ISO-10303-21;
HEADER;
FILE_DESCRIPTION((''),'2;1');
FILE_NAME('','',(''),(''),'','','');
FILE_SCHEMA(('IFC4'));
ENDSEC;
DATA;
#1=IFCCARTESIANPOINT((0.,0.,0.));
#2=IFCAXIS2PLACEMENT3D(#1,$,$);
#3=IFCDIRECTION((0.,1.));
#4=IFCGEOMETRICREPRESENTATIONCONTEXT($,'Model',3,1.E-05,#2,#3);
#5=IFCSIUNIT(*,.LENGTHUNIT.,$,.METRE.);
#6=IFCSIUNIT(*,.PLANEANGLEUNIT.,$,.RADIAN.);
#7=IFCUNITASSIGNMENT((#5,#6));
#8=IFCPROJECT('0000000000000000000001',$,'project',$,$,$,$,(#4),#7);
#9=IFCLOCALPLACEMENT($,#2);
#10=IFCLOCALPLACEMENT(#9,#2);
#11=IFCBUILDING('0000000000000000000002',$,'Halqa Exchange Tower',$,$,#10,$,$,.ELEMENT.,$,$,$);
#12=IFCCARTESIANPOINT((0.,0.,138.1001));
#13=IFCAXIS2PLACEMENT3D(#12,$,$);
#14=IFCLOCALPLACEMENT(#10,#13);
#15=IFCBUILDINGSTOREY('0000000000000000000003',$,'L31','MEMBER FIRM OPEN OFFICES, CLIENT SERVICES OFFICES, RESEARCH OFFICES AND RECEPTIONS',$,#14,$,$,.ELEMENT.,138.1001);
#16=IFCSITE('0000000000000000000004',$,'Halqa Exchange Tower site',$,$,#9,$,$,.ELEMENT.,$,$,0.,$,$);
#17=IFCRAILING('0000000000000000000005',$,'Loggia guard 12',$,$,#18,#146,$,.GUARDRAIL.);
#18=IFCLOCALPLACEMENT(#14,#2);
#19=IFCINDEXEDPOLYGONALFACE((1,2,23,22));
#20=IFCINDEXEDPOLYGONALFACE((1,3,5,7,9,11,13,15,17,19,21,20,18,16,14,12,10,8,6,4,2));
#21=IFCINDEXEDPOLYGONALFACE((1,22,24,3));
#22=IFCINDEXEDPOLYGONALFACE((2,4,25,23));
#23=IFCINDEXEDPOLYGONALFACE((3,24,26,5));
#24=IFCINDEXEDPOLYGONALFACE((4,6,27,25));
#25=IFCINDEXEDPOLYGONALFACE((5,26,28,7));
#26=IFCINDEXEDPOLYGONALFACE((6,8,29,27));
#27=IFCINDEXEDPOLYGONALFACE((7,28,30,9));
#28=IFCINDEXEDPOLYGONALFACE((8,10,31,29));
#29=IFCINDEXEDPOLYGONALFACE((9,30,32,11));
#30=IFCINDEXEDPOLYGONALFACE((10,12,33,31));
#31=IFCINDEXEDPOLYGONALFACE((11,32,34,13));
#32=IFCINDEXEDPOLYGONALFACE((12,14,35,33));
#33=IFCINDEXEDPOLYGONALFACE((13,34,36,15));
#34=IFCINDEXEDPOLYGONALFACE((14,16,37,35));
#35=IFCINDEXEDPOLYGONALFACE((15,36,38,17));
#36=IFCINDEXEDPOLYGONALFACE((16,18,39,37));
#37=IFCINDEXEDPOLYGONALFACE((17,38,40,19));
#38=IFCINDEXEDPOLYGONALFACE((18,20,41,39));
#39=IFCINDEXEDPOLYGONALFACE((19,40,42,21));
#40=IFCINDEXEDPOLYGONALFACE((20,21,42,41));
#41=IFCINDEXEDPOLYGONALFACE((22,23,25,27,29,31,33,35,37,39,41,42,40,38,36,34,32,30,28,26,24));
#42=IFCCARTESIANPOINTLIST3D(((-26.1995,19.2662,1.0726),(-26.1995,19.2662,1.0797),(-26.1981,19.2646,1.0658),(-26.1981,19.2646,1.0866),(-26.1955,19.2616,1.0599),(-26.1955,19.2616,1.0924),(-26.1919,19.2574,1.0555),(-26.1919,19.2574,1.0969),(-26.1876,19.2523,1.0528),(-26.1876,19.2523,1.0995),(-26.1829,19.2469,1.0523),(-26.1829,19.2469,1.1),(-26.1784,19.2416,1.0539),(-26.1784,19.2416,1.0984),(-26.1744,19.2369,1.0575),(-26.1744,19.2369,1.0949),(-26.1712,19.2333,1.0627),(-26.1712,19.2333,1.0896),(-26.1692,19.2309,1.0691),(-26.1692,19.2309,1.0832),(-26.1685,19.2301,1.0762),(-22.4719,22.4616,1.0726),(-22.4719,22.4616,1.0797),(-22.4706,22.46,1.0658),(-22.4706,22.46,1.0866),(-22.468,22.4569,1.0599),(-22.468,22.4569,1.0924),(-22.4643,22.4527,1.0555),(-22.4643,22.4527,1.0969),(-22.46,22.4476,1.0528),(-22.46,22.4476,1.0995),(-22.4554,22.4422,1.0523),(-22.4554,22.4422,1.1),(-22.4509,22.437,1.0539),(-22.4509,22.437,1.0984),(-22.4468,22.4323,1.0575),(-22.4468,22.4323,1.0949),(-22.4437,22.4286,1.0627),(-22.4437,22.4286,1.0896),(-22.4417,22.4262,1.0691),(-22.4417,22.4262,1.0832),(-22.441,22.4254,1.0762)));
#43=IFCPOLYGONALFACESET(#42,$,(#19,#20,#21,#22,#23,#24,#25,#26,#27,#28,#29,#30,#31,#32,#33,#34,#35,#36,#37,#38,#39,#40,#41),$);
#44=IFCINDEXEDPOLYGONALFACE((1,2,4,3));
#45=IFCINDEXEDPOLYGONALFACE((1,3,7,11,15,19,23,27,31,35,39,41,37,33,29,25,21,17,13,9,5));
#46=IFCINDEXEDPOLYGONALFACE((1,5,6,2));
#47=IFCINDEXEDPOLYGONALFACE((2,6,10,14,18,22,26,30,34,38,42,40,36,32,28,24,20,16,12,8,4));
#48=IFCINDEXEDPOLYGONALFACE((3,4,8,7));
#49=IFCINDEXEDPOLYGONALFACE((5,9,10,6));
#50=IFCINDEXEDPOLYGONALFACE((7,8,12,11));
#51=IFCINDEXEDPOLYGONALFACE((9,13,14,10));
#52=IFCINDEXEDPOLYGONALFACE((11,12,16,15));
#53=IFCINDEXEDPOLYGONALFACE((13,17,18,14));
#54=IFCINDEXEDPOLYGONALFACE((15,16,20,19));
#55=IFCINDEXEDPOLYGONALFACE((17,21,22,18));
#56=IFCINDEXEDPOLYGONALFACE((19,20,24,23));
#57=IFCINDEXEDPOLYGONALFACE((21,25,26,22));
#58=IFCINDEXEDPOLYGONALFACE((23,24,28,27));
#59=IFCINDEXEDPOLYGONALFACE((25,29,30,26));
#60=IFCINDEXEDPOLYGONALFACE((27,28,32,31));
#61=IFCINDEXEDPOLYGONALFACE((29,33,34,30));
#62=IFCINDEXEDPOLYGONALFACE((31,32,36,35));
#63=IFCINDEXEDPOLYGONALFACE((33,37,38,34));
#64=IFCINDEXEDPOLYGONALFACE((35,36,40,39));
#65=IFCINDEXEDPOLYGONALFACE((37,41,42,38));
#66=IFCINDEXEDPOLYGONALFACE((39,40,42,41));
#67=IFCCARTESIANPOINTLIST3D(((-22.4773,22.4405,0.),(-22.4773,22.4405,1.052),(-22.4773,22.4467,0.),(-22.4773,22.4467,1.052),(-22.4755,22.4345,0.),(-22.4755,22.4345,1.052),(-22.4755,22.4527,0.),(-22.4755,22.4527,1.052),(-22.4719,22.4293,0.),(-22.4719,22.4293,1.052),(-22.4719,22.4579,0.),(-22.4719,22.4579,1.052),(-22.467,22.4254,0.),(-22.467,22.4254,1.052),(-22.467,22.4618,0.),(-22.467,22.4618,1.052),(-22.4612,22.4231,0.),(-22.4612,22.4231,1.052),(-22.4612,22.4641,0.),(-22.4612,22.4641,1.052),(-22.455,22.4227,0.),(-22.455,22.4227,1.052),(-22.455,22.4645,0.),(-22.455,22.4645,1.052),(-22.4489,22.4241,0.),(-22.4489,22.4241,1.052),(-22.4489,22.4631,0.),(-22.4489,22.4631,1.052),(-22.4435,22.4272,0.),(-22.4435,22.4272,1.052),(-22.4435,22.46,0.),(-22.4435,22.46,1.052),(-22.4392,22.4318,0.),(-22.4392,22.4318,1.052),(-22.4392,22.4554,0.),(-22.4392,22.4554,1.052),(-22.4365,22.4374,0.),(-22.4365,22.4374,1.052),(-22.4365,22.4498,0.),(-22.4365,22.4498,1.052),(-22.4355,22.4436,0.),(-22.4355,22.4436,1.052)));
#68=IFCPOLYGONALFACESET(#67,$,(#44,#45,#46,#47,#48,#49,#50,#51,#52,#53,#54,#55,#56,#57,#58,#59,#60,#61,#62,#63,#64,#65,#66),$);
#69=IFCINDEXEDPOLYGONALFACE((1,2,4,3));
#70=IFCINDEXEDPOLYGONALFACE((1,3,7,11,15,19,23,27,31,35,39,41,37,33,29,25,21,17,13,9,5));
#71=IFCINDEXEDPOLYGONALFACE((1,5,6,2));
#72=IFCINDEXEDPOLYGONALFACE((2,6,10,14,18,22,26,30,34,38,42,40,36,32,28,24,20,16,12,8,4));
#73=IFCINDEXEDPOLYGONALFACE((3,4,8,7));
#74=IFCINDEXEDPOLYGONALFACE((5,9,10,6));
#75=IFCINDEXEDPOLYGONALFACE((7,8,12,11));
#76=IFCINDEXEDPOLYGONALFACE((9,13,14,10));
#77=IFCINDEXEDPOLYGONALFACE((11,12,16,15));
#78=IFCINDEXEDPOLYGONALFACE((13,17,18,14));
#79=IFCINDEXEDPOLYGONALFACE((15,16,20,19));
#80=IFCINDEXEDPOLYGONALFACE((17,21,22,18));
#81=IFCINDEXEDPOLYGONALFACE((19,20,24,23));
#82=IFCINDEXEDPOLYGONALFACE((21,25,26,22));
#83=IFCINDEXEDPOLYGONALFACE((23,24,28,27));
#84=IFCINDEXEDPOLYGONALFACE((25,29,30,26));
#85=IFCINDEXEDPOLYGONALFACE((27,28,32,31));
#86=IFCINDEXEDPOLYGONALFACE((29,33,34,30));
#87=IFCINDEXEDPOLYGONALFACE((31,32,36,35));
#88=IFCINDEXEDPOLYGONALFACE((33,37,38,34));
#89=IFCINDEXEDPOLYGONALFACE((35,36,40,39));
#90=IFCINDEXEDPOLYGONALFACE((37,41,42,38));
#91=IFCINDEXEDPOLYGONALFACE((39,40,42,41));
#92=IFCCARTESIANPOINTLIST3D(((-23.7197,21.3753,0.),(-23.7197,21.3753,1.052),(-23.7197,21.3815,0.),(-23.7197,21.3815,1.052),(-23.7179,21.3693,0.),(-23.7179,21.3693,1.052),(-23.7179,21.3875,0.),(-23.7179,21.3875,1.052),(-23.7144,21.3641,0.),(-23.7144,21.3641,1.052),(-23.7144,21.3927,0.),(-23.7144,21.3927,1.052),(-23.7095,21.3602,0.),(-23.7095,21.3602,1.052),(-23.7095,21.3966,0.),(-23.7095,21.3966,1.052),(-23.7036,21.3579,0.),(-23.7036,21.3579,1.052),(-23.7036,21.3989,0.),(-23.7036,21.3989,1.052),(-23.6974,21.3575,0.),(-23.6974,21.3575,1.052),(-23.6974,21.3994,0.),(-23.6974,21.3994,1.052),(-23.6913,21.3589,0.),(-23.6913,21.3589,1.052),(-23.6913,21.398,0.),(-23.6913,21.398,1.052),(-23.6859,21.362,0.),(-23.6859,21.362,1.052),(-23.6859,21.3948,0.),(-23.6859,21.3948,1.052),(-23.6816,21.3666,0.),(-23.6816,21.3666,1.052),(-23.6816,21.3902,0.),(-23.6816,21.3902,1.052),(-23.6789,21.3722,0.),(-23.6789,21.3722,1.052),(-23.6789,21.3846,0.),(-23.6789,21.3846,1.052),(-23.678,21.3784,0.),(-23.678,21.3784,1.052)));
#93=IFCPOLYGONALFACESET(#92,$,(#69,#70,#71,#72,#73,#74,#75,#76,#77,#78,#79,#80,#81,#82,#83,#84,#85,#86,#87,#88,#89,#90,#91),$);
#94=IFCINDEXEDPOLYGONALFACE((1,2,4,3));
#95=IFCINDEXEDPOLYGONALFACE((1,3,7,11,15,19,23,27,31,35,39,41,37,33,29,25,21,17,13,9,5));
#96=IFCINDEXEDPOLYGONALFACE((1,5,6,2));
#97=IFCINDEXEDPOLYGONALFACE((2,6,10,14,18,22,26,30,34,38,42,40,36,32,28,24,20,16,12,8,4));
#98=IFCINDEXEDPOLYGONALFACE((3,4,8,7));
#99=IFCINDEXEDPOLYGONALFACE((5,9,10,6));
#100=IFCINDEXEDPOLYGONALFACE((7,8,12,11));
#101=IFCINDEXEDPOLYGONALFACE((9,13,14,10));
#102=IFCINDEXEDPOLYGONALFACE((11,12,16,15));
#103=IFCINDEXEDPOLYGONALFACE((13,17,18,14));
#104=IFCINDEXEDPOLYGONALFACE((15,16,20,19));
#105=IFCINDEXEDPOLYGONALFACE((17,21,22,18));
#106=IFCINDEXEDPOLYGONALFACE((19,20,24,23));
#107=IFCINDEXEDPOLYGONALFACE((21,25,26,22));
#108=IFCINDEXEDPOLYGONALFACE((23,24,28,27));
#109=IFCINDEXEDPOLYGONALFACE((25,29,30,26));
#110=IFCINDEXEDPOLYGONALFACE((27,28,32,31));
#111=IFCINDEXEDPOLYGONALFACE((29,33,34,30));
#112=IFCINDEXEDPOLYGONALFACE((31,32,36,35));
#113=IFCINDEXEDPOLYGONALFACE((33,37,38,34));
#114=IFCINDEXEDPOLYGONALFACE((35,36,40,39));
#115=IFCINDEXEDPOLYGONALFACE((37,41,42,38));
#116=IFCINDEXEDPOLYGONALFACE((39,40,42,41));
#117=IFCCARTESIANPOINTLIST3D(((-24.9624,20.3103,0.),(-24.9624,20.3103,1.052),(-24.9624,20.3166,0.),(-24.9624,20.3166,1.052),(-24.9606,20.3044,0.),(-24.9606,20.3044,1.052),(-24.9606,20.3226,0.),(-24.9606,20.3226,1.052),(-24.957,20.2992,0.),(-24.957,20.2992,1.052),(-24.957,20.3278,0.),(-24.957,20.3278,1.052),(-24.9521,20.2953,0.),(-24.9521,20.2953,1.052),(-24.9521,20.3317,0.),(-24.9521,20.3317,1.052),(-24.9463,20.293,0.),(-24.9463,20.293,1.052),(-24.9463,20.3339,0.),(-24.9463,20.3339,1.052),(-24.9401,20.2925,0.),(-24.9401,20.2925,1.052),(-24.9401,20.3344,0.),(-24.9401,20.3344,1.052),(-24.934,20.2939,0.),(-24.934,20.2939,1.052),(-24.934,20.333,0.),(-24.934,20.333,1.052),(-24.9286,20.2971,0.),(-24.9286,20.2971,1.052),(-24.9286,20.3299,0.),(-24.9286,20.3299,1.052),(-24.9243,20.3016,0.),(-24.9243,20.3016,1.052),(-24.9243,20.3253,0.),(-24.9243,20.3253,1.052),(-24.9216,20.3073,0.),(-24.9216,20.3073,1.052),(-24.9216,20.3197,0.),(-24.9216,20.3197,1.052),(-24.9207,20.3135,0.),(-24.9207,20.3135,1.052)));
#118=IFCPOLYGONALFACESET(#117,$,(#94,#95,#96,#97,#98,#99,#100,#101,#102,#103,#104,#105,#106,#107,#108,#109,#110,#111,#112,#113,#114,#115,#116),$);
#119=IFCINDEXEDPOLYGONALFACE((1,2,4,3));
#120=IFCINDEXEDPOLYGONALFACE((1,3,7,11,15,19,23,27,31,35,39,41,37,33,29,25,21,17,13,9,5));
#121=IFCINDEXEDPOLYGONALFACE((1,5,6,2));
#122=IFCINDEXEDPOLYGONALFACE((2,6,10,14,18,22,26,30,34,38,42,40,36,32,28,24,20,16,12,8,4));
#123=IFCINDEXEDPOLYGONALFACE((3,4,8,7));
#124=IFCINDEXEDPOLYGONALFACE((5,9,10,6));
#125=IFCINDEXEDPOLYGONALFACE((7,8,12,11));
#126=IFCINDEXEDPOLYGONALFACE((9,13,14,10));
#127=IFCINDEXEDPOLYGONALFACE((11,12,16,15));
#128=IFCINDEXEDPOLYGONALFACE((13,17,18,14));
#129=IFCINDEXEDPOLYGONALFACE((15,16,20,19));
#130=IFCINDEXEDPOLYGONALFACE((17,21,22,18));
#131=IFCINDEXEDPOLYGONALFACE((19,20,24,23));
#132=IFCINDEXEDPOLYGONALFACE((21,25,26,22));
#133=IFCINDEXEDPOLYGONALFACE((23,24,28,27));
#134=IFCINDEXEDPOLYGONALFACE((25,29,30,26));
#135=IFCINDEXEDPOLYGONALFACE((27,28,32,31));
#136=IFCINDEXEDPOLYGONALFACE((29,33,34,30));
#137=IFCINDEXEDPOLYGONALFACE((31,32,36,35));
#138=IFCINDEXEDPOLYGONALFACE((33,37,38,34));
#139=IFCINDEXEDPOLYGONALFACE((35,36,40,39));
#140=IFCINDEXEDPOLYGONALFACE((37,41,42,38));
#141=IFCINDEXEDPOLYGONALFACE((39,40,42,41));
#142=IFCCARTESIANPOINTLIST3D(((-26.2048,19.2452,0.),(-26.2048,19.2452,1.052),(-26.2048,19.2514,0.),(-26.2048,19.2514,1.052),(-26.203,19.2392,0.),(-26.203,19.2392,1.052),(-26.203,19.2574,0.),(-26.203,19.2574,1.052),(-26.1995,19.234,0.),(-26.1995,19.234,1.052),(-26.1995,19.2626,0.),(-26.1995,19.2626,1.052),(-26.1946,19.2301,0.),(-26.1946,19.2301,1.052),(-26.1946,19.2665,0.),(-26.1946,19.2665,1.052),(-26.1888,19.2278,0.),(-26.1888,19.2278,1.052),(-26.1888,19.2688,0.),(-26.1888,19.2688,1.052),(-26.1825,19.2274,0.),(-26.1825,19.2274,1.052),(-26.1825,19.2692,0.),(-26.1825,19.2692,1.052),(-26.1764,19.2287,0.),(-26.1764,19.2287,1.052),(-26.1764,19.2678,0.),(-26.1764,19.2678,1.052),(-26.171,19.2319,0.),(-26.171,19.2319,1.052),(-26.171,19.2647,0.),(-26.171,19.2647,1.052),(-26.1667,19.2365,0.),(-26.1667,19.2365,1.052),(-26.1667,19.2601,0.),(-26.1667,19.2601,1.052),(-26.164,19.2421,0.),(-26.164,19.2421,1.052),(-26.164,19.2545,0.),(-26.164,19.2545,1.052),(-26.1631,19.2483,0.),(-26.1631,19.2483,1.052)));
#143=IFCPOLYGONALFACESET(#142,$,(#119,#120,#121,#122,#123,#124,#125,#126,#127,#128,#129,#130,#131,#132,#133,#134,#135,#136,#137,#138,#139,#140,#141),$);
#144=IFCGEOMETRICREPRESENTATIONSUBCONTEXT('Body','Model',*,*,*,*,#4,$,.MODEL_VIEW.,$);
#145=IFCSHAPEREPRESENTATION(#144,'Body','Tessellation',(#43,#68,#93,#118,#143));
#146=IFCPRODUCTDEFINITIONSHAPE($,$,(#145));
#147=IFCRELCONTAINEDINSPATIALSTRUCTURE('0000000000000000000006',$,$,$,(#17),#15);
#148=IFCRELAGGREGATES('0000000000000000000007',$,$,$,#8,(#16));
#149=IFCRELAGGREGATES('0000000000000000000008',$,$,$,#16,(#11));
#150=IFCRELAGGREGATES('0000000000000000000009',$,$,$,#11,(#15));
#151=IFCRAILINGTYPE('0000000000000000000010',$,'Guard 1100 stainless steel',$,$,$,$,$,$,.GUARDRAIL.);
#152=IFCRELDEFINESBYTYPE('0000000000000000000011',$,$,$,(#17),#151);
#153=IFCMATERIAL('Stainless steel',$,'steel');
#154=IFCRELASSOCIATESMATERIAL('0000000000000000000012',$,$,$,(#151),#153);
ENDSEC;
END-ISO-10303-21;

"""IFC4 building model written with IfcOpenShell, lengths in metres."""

from ifc_helpers import new_model, si_unit, direction, frame, origin, origin_2d, place, context, subcontext, project, spatial, circle, extrude, material, type_object, element, save


model = new_model("IFC4")

# Units and contexts
model_context = context("Model", 3, precision=1e-05, world=origin(), true_north=direction((0.0, 1.0)))
body_context = subcontext(model_context, "Body", "Model", "MODEL_VIEW")
ifc_project = project(units=[si_unit("LENGTHUNIT", "METRE"), si_unit("PLANEANGLEUNIT", "RADIAN")], contexts=[model_context])

# Site, building, storey
site_placement = place(None, origin())
site = spatial("IfcSite", under=ifc_project, at=site_placement, Name="Halqa Exchange Tower site", CompositionType="ELEMENT", RefElevation=0.0)
building_placement = place(site_placement, origin())
building = spatial("IfcBuilding", under=site, at=building_placement, Name="Halqa Exchange Tower", CompositionType="ELEMENT")
storey_placement = place(building_placement, frame((0.0, 0.0, 138.1001)))
storey = spatial("IfcBuildingStorey", under=building, at=storey_placement, Name="L31", Description="MEMBER FIRM OPEN OFFICES, CLIENT SERVICES OFFICES, RESEARCH OFFICES AND RECEPTIONS", CompositionType="ELEMENT", Elevation=138.1001)

# Railing
ifc_material_1 = material(Name="Stainless steel", Category="steel")
railing_type = type_object("IfcRailingType", Name="Guard 1100 stainless steel", PredefinedType="GUARDRAIL", material=ifc_material_1)
railing_1_placement = place(storey_placement, frame((-22.4565, 22.4436, 0.0)))
element("IfcRailing", 1, at=railing_1_placement, inside=storey, type_object=railing_type, Name="Loggia guard 12", PredefinedType="GUARDRAIL", context=body_context, shape_type="SweptSolid", body=[
    extrude(circle(Radius=0.0239, at=origin_2d()), frame((0.0, 0.0, 1.0762), z_axis=(-0.759229, -0.650824, 0.0), x_axis=(0.650824, -0.759229, 0.0)), (0.0, 0.0, 1.0), 4.9097),
    extrude(circle(Radius=0.021, at=origin_2d()), origin(), (0.0, 0.0, 1.0), 1.052),
    extrude(circle(Radius=0.021, at=origin_2d()), frame((-1.2424, -1.0652, 0.0)), (0.0, 0.0, 1.0), 1.052),
    extrude(circle(Radius=0.021, at=origin_2d()), frame((-2.4851, -2.1301, 0.0)), (0.0, 0.0, 1.0), 1.052),
    extrude(circle(Radius=0.021, at=origin_2d()), frame((-3.7275, -3.1953, 0.0)), (0.0, 0.0, 1.0), 1.052),
])

save(model, "model.ifc")
